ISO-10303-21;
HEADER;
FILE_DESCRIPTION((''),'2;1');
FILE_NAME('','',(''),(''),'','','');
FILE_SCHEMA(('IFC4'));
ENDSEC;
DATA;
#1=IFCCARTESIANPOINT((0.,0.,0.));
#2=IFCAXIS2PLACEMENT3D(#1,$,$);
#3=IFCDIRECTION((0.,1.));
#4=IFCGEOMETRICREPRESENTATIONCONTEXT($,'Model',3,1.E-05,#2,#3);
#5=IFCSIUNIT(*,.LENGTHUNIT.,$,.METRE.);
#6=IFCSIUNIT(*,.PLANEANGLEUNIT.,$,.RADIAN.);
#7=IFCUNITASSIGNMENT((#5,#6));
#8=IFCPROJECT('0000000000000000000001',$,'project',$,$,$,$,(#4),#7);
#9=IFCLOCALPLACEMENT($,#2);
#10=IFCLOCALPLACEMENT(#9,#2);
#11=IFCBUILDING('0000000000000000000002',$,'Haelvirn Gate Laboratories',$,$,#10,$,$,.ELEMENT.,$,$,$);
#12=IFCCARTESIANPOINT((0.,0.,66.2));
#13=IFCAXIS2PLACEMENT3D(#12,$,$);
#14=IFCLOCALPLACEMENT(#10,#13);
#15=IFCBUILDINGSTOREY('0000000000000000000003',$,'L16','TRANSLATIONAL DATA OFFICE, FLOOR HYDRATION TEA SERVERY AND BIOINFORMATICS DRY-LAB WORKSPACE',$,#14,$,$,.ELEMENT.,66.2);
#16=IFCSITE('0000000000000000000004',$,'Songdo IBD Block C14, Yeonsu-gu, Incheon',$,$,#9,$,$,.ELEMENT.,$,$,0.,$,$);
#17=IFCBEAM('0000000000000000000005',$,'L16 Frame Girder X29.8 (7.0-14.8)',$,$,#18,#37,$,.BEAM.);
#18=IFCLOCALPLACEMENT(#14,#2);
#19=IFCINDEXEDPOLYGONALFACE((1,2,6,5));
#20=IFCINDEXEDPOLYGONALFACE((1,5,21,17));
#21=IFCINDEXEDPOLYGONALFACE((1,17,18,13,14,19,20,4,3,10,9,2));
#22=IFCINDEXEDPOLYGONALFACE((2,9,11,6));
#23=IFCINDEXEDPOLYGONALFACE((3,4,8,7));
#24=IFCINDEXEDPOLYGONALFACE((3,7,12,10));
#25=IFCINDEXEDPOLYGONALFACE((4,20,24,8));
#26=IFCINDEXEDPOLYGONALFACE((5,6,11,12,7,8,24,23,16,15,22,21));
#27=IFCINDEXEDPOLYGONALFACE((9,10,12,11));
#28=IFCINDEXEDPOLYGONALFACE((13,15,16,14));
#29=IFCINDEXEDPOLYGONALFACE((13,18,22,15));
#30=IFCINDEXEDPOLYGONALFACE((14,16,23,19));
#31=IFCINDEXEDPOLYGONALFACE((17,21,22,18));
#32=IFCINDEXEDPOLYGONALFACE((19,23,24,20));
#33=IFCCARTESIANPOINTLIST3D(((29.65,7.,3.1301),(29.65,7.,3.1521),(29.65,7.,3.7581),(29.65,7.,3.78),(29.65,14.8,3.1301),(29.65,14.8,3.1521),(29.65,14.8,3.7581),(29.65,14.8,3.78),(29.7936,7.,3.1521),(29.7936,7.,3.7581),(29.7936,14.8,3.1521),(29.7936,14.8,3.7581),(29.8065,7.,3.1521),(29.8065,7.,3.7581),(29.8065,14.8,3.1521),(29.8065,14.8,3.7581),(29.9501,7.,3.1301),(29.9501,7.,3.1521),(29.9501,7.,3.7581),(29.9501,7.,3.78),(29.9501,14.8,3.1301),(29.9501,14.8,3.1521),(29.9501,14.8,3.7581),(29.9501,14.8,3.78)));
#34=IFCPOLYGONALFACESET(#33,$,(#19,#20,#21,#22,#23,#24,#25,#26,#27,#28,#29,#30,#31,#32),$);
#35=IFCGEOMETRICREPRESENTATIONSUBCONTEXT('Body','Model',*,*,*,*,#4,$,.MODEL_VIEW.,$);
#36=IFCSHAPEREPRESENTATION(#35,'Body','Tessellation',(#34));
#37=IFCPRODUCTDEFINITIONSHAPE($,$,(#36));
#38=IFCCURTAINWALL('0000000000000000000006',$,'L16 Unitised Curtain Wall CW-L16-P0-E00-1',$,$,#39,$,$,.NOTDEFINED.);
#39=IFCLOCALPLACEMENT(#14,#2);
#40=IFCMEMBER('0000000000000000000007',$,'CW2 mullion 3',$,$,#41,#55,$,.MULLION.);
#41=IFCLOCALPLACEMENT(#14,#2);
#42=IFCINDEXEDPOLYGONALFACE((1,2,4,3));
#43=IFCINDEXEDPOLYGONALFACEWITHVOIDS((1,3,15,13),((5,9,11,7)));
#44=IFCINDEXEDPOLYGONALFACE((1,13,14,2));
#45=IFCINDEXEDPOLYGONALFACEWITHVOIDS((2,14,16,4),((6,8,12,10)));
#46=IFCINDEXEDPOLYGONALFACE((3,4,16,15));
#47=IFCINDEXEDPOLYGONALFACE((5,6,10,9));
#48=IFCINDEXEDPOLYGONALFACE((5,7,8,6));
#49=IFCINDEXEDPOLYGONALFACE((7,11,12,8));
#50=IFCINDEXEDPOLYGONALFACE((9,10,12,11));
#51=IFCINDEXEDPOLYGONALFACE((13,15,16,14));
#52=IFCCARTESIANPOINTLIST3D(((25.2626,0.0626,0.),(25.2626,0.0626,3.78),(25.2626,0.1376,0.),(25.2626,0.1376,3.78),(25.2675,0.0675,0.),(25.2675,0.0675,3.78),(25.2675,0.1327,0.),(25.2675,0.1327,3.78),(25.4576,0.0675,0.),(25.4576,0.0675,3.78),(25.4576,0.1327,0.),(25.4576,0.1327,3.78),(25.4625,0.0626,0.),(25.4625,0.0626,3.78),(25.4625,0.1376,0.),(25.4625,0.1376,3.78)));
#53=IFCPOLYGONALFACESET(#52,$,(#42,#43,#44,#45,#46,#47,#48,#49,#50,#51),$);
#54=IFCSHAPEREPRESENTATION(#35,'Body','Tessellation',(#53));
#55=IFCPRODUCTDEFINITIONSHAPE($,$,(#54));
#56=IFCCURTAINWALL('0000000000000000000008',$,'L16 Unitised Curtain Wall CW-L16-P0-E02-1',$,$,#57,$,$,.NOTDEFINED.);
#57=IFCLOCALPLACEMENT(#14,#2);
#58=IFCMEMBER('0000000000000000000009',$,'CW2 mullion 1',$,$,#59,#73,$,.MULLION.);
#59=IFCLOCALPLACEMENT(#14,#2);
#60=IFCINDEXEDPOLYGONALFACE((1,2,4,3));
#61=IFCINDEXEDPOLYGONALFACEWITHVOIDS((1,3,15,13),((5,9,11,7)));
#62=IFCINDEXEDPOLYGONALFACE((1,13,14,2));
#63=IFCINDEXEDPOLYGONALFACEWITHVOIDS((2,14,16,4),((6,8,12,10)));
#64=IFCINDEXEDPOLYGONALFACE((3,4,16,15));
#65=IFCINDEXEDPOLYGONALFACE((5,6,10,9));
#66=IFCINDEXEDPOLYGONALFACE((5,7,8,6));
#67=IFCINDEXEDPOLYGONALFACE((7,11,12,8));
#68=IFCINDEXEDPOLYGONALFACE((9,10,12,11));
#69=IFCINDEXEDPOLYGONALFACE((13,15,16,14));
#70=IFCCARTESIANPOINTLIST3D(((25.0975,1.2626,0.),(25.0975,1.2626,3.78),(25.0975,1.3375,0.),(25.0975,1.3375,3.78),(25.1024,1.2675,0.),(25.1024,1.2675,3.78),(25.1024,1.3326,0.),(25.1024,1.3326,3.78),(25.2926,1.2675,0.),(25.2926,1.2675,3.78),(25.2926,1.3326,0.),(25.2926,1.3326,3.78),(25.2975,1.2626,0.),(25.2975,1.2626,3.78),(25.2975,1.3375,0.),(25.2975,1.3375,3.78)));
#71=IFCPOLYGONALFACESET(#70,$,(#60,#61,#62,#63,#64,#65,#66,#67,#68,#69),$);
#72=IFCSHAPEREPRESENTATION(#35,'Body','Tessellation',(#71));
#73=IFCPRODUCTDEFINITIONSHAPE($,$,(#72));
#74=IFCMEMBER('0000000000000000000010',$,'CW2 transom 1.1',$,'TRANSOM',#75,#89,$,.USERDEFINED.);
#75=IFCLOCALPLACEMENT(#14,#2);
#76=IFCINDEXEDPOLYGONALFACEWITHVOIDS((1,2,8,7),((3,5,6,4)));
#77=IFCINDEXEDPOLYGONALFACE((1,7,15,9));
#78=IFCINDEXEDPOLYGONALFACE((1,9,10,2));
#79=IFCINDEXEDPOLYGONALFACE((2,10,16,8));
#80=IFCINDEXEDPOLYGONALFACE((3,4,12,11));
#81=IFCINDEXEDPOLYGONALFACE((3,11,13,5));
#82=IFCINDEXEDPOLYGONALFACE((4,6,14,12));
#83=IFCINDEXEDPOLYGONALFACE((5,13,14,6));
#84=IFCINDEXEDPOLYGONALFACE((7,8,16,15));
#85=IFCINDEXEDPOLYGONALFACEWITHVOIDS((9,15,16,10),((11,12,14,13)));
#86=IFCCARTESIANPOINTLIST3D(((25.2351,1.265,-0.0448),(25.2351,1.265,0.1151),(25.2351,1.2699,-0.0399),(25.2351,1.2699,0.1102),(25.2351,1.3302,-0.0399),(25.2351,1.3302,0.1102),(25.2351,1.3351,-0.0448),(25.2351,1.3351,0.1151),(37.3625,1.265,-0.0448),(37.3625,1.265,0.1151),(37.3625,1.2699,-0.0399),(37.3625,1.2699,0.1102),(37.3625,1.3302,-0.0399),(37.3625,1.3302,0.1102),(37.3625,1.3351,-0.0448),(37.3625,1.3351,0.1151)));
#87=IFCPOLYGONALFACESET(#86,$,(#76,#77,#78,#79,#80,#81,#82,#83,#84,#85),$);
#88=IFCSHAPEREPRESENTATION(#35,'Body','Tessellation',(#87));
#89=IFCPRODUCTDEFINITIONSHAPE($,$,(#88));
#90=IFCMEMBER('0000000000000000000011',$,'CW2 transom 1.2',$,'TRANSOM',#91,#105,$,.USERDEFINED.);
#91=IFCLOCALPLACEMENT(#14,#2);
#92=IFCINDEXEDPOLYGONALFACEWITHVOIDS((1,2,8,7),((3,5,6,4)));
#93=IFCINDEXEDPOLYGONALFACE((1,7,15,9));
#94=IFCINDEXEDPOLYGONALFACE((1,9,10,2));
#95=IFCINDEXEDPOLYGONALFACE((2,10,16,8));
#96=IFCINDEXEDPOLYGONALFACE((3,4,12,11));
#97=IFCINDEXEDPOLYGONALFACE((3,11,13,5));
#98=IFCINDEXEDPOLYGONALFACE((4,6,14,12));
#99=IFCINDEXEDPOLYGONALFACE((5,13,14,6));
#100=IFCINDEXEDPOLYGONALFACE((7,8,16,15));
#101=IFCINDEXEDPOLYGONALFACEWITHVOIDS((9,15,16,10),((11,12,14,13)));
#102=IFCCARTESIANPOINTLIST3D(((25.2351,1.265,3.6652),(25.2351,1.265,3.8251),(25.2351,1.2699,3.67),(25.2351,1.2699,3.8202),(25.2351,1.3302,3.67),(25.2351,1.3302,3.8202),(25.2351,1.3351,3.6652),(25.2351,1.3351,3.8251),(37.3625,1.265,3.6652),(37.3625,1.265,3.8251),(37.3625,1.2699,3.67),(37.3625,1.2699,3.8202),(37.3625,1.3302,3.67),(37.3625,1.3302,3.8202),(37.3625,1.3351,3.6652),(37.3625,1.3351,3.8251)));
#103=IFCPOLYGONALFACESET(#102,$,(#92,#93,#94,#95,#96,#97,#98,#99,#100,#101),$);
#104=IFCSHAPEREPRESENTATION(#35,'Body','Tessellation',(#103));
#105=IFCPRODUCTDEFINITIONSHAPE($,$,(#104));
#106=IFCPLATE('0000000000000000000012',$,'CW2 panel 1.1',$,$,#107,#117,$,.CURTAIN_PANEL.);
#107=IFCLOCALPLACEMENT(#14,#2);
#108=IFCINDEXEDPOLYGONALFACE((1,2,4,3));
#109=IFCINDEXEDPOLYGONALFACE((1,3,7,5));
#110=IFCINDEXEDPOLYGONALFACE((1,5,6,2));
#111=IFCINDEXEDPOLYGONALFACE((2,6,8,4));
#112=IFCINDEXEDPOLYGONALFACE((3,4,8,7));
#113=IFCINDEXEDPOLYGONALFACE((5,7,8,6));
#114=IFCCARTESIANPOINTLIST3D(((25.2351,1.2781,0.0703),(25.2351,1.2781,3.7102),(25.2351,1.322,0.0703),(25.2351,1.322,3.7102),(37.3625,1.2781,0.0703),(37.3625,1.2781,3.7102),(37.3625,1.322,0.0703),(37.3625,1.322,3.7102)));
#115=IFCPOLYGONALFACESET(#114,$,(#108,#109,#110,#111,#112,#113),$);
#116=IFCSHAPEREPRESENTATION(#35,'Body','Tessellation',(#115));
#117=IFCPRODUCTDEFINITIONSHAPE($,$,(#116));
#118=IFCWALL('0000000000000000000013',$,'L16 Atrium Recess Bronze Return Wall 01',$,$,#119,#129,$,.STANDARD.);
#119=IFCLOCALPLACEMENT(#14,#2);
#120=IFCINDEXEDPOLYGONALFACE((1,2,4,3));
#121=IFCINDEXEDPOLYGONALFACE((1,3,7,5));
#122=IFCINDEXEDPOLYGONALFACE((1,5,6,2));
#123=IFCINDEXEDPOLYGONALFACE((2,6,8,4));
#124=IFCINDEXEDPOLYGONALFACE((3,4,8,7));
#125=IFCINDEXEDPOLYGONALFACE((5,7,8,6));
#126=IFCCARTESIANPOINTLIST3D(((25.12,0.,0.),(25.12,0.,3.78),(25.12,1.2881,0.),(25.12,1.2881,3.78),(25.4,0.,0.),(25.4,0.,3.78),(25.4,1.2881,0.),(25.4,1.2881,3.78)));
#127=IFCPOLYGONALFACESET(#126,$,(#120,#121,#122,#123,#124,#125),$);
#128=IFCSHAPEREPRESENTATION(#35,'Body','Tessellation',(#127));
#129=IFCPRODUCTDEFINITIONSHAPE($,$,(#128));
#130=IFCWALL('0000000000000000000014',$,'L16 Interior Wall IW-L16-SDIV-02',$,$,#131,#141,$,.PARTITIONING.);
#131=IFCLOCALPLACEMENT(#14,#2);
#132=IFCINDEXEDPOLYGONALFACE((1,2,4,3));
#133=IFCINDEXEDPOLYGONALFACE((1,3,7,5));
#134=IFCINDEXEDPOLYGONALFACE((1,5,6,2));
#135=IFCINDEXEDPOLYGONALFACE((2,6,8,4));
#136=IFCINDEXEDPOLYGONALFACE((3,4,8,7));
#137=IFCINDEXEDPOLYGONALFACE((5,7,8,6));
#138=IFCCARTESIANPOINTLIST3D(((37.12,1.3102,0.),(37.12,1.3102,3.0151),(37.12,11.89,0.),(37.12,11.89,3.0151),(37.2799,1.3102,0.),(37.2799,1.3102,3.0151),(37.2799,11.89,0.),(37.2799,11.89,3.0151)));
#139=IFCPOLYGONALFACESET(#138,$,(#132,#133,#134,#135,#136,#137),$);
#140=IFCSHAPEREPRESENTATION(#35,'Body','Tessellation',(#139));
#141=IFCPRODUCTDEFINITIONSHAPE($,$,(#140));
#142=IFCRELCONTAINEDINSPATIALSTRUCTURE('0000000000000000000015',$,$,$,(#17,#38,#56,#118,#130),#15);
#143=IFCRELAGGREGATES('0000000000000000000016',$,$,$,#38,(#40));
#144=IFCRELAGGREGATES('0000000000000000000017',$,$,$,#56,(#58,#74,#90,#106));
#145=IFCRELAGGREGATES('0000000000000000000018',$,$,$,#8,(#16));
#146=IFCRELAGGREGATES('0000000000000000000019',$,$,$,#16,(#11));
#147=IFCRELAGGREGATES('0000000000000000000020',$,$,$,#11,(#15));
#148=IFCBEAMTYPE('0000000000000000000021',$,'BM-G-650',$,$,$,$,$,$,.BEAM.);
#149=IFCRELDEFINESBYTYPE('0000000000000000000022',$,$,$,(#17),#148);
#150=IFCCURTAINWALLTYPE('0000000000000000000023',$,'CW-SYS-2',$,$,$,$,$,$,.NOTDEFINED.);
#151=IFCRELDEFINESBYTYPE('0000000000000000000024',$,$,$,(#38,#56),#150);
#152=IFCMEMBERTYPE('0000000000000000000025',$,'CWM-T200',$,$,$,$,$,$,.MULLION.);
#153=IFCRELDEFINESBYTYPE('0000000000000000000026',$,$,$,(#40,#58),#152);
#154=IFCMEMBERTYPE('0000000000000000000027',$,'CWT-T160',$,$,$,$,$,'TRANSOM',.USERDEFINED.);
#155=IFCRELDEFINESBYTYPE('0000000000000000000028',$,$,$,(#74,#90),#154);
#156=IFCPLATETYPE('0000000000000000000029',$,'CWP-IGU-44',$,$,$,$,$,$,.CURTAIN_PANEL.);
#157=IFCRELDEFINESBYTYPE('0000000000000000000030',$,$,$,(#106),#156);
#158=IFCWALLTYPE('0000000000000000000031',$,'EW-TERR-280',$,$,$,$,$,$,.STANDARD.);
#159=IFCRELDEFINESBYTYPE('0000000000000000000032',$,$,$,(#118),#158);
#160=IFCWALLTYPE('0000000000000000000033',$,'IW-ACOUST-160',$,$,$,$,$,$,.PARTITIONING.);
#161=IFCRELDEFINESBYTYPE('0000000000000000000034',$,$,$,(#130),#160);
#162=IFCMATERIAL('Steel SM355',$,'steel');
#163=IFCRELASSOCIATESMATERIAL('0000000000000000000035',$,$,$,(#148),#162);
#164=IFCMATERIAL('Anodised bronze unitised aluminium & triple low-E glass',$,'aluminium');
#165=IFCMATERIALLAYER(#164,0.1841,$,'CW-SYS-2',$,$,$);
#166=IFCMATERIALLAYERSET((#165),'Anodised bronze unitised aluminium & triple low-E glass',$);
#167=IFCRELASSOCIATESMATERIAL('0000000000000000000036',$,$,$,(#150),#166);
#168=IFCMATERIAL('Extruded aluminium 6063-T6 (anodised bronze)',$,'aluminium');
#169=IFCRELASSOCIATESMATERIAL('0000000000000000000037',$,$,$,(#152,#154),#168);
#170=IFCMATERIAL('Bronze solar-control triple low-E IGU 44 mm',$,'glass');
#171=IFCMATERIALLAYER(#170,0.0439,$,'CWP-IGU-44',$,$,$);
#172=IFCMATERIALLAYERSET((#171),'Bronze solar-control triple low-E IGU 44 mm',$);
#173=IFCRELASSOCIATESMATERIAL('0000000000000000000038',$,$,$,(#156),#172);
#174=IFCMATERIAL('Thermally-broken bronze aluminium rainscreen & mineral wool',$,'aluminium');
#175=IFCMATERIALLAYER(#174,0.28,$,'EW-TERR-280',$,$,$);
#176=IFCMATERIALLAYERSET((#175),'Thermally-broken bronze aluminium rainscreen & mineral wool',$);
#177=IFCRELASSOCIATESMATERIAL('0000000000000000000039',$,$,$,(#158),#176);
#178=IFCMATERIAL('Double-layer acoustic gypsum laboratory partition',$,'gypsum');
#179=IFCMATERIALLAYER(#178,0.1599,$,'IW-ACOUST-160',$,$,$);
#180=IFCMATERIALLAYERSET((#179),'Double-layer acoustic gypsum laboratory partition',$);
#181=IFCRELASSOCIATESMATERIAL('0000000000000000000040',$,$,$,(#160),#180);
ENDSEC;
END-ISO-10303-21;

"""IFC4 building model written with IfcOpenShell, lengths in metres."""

from ifc_helpers import new_model, si_unit, direction, frame, frame_2d, origin, origin_2d, place, context, subcontext, project, spatial, rectangle, hollow_rectangle, i_section, extrude, source, transform, mapped, material, layer, layer_set, material_profile, profile_set, type_object, type_shapes, element, aggregate, save


model = new_model("IFC4")

# Units and contexts
model_context = context("Model", 3, precision=1e-05, world=origin(), true_north=direction((0.0, 1.0)))
body_context = subcontext(model_context, "Body", "Model", "MODEL_VIEW")
ifc_project = project(units=[si_unit("LENGTHUNIT", "METRE"), si_unit("PLANEANGLEUNIT", "RADIAN")], contexts=[model_context])

# Site, building, storey
site_placement = place(None, origin())
site = spatial("IfcSite", under=ifc_project, at=site_placement, Name="Songdo IBD Block C14, Yeonsu-gu, Incheon", CompositionType="ELEMENT", RefElevation=0.0)
building_placement = place(site_placement, origin())
building = spatial("IfcBuilding", under=site, at=building_placement, Name="Haelvirn Gate Laboratories", CompositionType="ELEMENT")
storey_placement = place(building_placement, frame((0.0, 0.0, 66.2)))
storey = spatial("IfcBuildingStorey", under=building, at=storey_placement, Name="L16", Description="TRANSLATIONAL DATA OFFICE, FLOOR HYDRATION TEA SERVERY AND BIOINFORMATICS DRY-LAB WORKSPACE", CompositionType="ELEMENT", Elevation=66.2)

# Beam
ifc_material_1 = material(Name="Steel SM355", Category="steel")
ifc_material_profile_1 = material_profile(ifc_material_1, i_section(OverallWidth=0.3, OverallDepth=0.6499, WebThickness=0.0129, FlangeThickness=0.022, at=origin_2d()), Name="H-650x300x13x22")
ifc_profile_set_1 = profile_set([ifc_material_profile_1], Name="Steel SM355")
beam_type_1 = type_object("IfcBeamType", Name="BM-G-650", PredefinedType="BEAM", material=ifc_profile_set_1)
shared_shape_1 = source(origin(), body_context, "Body", "SweptSolid", [
    extrude(i_section(OverallWidth=0.3, OverallDepth=0.6499, WebThickness=0.0129, FlangeThickness=0.022, at=origin_2d()), origin(), (0.0, 0.0, 1.0), 7.8),
])
type_shapes(beam_type_1, [shared_shape_1])
beam_placement = place(storey_placement, frame((29.8, 7.0, 3.4551), z_axis=(0.0, 1.0, 0.0), x_axis=(-1.0, 0.0, 0.0)))
element("IfcBeam", 1, at=beam_placement, inside=storey, type_object=beam_type_1, Name="L16 Frame Girder X29.8 (7.0-14.8)", PredefinedType="BEAM", context=body_context, shape_type="MappedRepresentation", body=[
    mapped(shared_shape_1, transform((0.0, 0.0, 0.0), scale=1.0)),
])

# Curtain wall, member
ifc_material_2 = material(Name="Anodised bronze unitised aluminium & triple low-E glass", Category="aluminium")
ifc_layer_1 = layer(ifc_material_2, 0.1841, Name="CW-SYS-2")
ifc_layer_set_1 = layer_set([ifc_layer_1], Name="Anodised bronze unitised aluminium & triple low-E glass")
curtain_wall_type = type_object("IfcCurtainWallType", Name="CW-SYS-2", PredefinedType="NOTDEFINED", material=ifc_layer_set_1)
curtain_wall_1_placement = place(storey_placement, origin())
curtain_wall_1 = element("IfcCurtainWall", 2, at=curtain_wall_1_placement, inside=storey, type_object=curtain_wall_type, Name="L16 Unitised Curtain Wall CW-L16-P0-E00-1", PredefinedType="NOTDEFINED")
ifc_material_3 = material(Name="Extruded aluminium 6063-T6 (anodised bronze)", Category="aluminium")
ifc_material_profile_2 = material_profile(ifc_material_3, hollow_rectangle(XDim=0.075, YDim=0.2, WallThickness=0.0049, at=origin_2d()), Name="CWM-200x75x5")
ifc_profile_set_2 = profile_set([ifc_material_profile_2], Name="Extruded aluminium 6063-T6 (anodised bronze)")
member_type_1 = type_object("IfcMemberType", Name="CWM-T200", PredefinedType="MULLION", material=ifc_profile_set_2)
shared_shape_2 = source(origin(), body_context, "Body", "SweptSolid", [
    extrude(hollow_rectangle(XDim=0.075, YDim=0.2, WallThickness=0.0049, at=origin_2d()), origin(), (0.0, 0.0, 1.0), 3.78),
])
type_shapes(member_type_1, [shared_shape_2])
member_1_placement = place(storey_placement, frame((25.3625, 0.1001, 0.0), z_axis=(0.0, 0.0, 1.0), x_axis=(0.0, 1.0, 0.0)))
member_1 = element("IfcMember", 3, at=member_1_placement, type_object=member_type_1, Name="CW2 mullion 3", PredefinedType="MULLION", context=body_context, shape_type="MappedRepresentation", body=[
    mapped(shared_shape_2, transform((0.0, 0.0, 0.0), scale=1.0)),
])
aggregate(curtain_wall_1, [member_1])

# Curtain wall, members, plate
curtain_wall_2_placement = place(storey_placement, origin())
curtain_wall_2 = element("IfcCurtainWall", 4, at=curtain_wall_2_placement, inside=storey, type_object=curtain_wall_type, Name="L16 Unitised Curtain Wall CW-L16-P0-E02-1", PredefinedType="NOTDEFINED")
member_2_placement = place(storey_placement, frame((25.1975, 1.3, 0.0), z_axis=(0.0, 0.0, 1.0), x_axis=(0.0, 1.0, 0.0)))
member_2 = element("IfcMember", 5, at=member_2_placement, type_object=member_type_1, Name="CW2 mullion 1", PredefinedType="MULLION", context=body_context, shape_type="MappedRepresentation", body=[
    mapped(shared_shape_2, transform((0.0, 0.0, 0.0), scale=1.0)),
])
ifc_material_profile_3 = material_profile(ifc_material_3, hollow_rectangle(XDim=0.0701, YDim=0.1599, WallThickness=0.0049, at=origin_2d()), Name="CWT-160x70x5")
ifc_profile_set_3 = profile_set([ifc_material_profile_3], Name="Extruded aluminium 6063-T6 (anodised bronze)")
member_type_2 = type_object("IfcMemberType", Name="CWT-T160", ElementType="TRANSOM", PredefinedType="USERDEFINED", material=ifc_profile_set_3)
shared_shape_3 = source(origin(), body_context, "Body", "SweptSolid", [
    extrude(hollow_rectangle(XDim=0.0701, YDim=0.1599, WallThickness=0.0049, at=origin_2d()), origin(), (0.0, 0.0, 1.0), 12.1274),
])
type_shapes(member_type_2, [shared_shape_3])
member_3_placement = place(storey_placement, frame((25.2351, 1.3, 0.0352), z_axis=(1.0, 0.0, 0.0), x_axis=(0.0, 1.0, 0.0)))
member_3 = element("IfcMember", 6, at=member_3_placement, type_object=member_type_2, Name="CW2 transom 1.1", ObjectType="TRANSOM", PredefinedType="USERDEFINED", context=body_context, shape_type="MappedRepresentation", body=[
    mapped(shared_shape_3, transform((0.0, 0.0, 0.0), scale=1.0)),
])
member_4_placement = place(storey_placement, frame((25.2351, 1.3, 3.7451), z_axis=(1.0, 0.0, 0.0), x_axis=(0.0, 1.0, 0.0)))
member_4 = element("IfcMember", 7, at=member_4_placement, type_object=member_type_2, Name="CW2 transom 1.2", ObjectType="TRANSOM", PredefinedType="USERDEFINED", context=body_context, shape_type="MappedRepresentation", body=[
    mapped(shared_shape_3, transform((0.0, 0.0, 0.0), scale=1.0)),
])
ifc_material_4 = material(Name="Bronze solar-control triple low-E IGU 44 mm", Category="glass")
ifc_layer_2 = layer(ifc_material_4, 0.0439, Name="CWP-IGU-44")
ifc_layer_set_2 = layer_set([ifc_layer_2], Name="Bronze solar-control triple low-E IGU 44 mm")
plate_type = type_object("IfcPlateType", Name="CWP-IGU-44", PredefinedType="CURTAIN_PANEL", material=ifc_layer_set_2)
shared_shape_4 = source(origin(), body_context, "Body", "SweptSolid", [
    extrude(rectangle(XDim=12.1274, YDim=0.0439, at=origin_2d()), origin(), (0.0, 0.0, 1.0), 3.6399),
])
type_shapes(plate_type, [shared_shape_4])
plate_placement = place(storey_placement, frame((31.2988, 1.3, 0.0703), z_axis=(0.0, 0.0, 1.0), x_axis=(1.0, 0.0, 0.0)))
plate = element("IfcPlate", 8, at=plate_placement, type_object=plate_type, Name="CW2 panel 1.1", PredefinedType="CURTAIN_PANEL", context=body_context, shape_type="MappedRepresentation", body=[
    mapped(shared_shape_4, transform((0.0, 0.0, 0.0), scale=1.0)),
])
aggregate(curtain_wall_2, [member_2, member_3, member_4, plate])

# Walls
ifc_material_5 = material(Name="Thermally-broken bronze aluminium rainscreen & mineral wool", Category="aluminium")
ifc_layer_3 = layer(ifc_material_5, 0.28, Name="EW-TERR-280")
ifc_layer_set_3 = layer_set([ifc_layer_3], Name="Thermally-broken bronze aluminium rainscreen & mineral wool")
wall_type_1 = type_object("IfcWallType", Name="EW-TERR-280", PredefinedType="STANDARD", material=ifc_layer_set_3)
wall_1_placement = place(storey_placement, frame((25.26, 0.0, 0.0), z_axis=(0.0, 0.0, 1.0), x_axis=(0.0, 1.0, 0.0)))
element("IfcWall", 9, at=wall_1_placement, inside=storey, type_object=wall_type_1, Name="L16 Atrium Recess Bronze Return Wall 01", PredefinedType="STANDARD", context=body_context, shape_type="SweptSolid", body=[
    extrude(rectangle(XDim=1.2881, YDim=0.28, at=frame_2d((0.644, 0.0))), origin(), (0.0, 0.0, 1.0), 3.78),
])
ifc_material_6 = material(Name="Double-layer acoustic gypsum laboratory partition", Category="gypsum")
ifc_layer_4 = layer(ifc_material_6, 0.1599, Name="IW-ACOUST-160")
ifc_layer_set_4 = layer_set([ifc_layer_4], Name="Double-layer acoustic gypsum laboratory partition")
wall_type_2 = type_object("IfcWallType", Name="IW-ACOUST-160", PredefinedType="PARTITIONING", material=ifc_layer_set_4)
wall_2_placement = place(storey_placement, frame((37.2, 1.3101, 0.0), z_axis=(0.0, 0.0, 1.0), x_axis=(0.0, 1.0, 0.0)))
element("IfcWall", 10, at=wall_2_placement, inside=storey, type_object=wall_type_2, Name="L16 Interior Wall IW-L16-SDIV-02", PredefinedType="PARTITIONING", context=body_context, shape_type="SweptSolid", body=[
    extrude(rectangle(XDim=10.5798, YDim=0.1599, at=frame_2d((5.29, 0.0))), origin(), (0.0, 0.0, 1.0), 3.0151),
])

save(model, "model.ifc")
